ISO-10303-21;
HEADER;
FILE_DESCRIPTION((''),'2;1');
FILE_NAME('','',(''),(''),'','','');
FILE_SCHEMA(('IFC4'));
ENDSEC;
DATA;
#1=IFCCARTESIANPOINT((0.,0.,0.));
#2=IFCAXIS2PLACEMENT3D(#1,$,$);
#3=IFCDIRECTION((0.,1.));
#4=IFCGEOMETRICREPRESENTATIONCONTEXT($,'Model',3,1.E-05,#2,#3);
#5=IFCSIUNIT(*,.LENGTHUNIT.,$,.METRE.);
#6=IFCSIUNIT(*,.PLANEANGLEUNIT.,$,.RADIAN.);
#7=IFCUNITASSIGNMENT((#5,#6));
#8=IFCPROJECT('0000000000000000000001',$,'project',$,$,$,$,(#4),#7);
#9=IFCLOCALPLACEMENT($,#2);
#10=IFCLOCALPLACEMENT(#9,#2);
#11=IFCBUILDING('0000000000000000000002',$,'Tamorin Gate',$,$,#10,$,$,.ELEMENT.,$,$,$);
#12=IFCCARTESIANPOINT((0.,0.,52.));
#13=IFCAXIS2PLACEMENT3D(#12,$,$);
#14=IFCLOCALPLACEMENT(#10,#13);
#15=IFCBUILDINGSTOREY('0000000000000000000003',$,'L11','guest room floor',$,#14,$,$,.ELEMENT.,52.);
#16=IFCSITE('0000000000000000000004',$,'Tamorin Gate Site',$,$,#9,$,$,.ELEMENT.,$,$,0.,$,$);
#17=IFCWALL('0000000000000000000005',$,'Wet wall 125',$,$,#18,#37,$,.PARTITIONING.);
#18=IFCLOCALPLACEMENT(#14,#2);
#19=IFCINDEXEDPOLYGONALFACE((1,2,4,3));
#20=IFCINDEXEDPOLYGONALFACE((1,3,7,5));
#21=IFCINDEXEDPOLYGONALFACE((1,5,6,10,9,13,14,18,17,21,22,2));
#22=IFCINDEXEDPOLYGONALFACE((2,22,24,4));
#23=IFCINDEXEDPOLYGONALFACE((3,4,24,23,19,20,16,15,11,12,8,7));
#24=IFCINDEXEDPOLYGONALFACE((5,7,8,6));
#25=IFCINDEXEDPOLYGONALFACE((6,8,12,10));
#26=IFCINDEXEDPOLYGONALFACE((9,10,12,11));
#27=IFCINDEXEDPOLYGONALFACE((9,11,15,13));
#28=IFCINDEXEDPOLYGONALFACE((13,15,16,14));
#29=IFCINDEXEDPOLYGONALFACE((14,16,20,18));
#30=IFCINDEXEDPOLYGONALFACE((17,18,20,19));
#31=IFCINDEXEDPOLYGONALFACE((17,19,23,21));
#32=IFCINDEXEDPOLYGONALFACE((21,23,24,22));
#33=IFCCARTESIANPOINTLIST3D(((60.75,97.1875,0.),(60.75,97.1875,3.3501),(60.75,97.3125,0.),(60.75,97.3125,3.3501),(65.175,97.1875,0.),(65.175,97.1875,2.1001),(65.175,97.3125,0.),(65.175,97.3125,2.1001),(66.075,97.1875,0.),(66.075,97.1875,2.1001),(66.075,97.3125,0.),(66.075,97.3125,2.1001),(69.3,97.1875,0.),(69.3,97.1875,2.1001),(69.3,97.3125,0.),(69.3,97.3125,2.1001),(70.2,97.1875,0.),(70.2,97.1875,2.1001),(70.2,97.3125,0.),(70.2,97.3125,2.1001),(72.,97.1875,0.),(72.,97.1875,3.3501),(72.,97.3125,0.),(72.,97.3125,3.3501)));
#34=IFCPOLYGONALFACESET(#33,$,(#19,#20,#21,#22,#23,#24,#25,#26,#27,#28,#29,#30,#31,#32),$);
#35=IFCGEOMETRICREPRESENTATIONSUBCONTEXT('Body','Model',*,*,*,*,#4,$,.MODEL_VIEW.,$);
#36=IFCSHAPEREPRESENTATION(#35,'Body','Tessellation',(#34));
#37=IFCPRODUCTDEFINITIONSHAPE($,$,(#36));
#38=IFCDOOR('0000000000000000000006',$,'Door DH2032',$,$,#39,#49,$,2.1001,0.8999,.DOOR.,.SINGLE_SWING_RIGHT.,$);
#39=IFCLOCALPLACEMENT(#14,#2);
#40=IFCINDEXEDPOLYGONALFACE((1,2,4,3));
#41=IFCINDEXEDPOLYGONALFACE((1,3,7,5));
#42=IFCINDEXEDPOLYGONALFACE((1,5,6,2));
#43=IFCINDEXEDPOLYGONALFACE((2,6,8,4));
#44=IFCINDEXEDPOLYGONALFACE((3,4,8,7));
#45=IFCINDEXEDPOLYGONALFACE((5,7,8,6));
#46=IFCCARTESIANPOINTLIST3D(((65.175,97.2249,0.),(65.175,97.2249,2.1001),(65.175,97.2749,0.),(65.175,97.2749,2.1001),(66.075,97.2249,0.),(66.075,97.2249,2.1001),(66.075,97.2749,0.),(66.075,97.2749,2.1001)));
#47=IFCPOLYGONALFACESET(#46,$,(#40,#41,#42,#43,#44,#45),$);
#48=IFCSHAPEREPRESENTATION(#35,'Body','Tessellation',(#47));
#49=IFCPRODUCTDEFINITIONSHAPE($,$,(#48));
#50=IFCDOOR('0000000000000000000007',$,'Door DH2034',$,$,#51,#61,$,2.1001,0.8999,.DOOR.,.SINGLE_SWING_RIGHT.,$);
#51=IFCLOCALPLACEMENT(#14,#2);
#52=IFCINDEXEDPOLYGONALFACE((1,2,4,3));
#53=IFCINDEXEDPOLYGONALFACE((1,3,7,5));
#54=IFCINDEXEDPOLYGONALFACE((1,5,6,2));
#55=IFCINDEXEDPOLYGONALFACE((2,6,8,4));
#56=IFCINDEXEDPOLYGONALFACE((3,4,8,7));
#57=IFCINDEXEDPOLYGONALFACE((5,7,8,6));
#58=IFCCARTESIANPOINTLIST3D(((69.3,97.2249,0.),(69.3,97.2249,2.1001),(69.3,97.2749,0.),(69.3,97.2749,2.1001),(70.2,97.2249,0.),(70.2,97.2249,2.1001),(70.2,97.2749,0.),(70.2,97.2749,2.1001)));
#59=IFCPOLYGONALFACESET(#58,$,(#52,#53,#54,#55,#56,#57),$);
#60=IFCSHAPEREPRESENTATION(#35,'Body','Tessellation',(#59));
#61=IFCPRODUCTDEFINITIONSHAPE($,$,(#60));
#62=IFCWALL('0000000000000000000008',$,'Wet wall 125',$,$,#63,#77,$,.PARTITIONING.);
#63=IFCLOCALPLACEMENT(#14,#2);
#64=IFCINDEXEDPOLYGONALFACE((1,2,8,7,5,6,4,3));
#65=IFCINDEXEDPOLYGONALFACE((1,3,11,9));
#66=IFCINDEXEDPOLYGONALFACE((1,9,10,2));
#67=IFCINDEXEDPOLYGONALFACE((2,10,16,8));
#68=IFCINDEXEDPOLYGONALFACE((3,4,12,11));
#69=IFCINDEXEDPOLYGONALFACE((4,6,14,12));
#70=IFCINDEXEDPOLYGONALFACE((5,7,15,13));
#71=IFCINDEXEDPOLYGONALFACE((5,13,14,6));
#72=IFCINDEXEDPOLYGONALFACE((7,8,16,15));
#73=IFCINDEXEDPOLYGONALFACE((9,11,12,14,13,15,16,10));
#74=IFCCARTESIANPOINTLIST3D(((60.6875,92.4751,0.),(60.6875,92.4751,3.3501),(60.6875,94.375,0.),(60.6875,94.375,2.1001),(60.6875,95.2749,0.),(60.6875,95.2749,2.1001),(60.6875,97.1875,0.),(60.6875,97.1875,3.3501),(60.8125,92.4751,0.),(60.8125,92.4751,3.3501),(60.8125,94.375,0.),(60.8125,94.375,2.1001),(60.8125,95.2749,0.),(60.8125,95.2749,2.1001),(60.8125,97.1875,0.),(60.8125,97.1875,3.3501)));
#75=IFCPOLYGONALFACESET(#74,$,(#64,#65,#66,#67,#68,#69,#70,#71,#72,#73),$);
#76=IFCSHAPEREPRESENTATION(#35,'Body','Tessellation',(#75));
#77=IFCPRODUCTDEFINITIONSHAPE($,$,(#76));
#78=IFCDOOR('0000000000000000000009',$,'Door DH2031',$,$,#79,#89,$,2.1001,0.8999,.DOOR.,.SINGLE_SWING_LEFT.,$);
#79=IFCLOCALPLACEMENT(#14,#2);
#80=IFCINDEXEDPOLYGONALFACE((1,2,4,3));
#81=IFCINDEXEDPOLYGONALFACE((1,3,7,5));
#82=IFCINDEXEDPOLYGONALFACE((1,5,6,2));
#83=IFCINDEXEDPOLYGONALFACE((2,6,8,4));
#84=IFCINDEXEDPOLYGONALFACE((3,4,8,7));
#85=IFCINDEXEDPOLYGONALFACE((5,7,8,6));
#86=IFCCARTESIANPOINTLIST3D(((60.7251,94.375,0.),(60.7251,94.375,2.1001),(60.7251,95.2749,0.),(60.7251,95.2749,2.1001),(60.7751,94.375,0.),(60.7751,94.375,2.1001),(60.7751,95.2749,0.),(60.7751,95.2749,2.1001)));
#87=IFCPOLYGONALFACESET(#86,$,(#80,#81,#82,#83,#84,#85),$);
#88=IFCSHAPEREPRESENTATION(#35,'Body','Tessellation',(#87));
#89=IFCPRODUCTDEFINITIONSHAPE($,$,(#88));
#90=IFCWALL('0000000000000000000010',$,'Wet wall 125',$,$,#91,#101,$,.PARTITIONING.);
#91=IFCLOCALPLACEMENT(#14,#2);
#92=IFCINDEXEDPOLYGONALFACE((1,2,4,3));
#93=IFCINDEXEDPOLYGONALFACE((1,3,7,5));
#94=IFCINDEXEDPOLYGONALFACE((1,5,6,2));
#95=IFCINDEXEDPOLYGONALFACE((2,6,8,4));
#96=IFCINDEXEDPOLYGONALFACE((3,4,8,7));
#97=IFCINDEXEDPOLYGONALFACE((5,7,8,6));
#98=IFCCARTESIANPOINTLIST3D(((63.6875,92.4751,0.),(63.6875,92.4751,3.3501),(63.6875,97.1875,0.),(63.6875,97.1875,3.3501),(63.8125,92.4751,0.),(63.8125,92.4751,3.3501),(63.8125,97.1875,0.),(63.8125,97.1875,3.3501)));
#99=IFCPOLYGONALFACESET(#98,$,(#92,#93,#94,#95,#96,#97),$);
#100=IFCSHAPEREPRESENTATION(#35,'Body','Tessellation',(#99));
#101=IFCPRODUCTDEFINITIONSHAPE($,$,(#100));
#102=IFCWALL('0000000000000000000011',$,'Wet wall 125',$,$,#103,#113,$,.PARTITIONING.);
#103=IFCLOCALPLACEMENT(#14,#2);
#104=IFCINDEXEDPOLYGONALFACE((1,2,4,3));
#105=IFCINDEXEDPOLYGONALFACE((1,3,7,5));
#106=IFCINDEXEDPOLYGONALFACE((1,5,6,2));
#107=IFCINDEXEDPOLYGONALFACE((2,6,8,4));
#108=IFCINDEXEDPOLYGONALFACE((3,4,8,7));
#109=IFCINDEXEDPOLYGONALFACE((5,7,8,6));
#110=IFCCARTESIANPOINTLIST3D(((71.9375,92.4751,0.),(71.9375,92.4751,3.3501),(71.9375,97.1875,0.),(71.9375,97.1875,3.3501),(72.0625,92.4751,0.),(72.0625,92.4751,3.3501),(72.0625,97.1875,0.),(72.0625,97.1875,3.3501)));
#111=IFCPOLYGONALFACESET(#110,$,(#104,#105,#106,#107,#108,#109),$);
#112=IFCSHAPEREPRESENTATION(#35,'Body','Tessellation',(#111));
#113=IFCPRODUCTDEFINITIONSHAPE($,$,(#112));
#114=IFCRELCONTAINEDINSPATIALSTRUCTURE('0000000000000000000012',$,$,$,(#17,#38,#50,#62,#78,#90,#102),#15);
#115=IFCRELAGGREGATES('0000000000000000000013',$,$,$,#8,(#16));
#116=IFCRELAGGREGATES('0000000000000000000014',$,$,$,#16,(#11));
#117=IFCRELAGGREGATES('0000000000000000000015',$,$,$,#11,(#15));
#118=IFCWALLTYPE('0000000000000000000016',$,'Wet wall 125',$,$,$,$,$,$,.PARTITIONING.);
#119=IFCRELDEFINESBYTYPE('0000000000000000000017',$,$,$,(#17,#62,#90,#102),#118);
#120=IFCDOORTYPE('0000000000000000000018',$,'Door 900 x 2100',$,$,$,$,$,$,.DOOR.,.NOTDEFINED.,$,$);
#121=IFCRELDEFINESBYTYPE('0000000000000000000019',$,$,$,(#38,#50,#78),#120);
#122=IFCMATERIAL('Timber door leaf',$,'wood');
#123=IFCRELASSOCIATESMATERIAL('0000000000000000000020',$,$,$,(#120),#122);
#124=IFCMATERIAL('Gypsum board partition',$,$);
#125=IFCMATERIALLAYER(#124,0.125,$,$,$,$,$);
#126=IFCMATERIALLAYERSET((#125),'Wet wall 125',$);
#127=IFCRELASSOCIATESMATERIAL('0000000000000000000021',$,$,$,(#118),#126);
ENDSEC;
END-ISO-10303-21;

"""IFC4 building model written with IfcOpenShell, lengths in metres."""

from ifc_helpers import new_model, si_unit, direction, frame, frame_2d, origin, place, context, subcontext, project, spatial, rectangle, extrude, material, layer, layer_set, type_object, element, fill, save


model = new_model("IFC4")

# Units and contexts
model_context = context("Model", 3, precision=1e-05, world=origin(), true_north=direction((0.0, 1.0)))
body_context = subcontext(model_context, "Body", "Model", "MODEL_VIEW")
ifc_project = project(units=[si_unit("LENGTHUNIT", "METRE"), si_unit("PLANEANGLEUNIT", "RADIAN")], contexts=[model_context])

# Site, building, storey
site_placement = place(None, origin())
site = spatial("IfcSite", under=ifc_project, at=site_placement, Name="Tamorin Gate Site", CompositionType="ELEMENT", RefElevation=0.0)
building_placement = place(site_placement, origin())
building = spatial("IfcBuilding", under=site, at=building_placement, Name="Tamorin Gate", CompositionType="ELEMENT")
storey_placement = place(building_placement, frame((0.0, 0.0, 52.0)))
storey = spatial("IfcBuildingStorey", under=building, at=storey_placement, Name="L11", Description="guest room floor", CompositionType="ELEMENT", Elevation=52.0)

# Shared definitions
ifc_material_1 = material(Name="Gypsum board partition")

# Shared definitions
ifc_material_2 = material(Name="Timber door leaf", Category="wood")
door_type = type_object("IfcDoorType", Name="Door 900 x 2100", OperationType="NOTDEFINED", PredefinedType="DOOR", material=ifc_material_2)

# Wall, openings, doors
ifc_layer_1 = layer(ifc_material_1, 0.125)
ifc_layer_set_1 = layer_set([ifc_layer_1], Name="Wet wall 125")
wall_type_1 = type_object("IfcWallType", Name="Wet wall 125", PredefinedType="PARTITIONING", material=ifc_layer_set_1)
wall_1_placement = place(storey_placement, frame((60.75, 97.25, 0.0), z_axis=(0.0, 0.0, 1.0), x_axis=(1.0, 0.0, 0.0)))
wall_1 = element("IfcWall", 1, at=wall_1_placement, inside=storey, type_object=wall_type_1, Name="Wet wall 125", PredefinedType="PARTITIONING", context=body_context, shape_type="SweptSolid", body=[
    extrude(rectangle(XDim=11.25, YDim=0.125, at=frame_2d((5.625, 0.0))), origin(), (0.0, 0.0, 1.0), 3.3501),
])
opening_1_placement = place(wall_1_placement, frame((4.425, 0.0, 0.0)))
opening_1 = element("IfcOpeningElement", 2, at=opening_1_placement, cuts=wall_1, PredefinedType="OPENING", context=body_context, shape_type="SweptSolid", body=[
    extrude(rectangle(XDim=0.8999, YDim=2.1001, at=frame_2d((0.45, 1.05))), frame((0.0, 0.0725, 0.0), z_axis=(0.0, -1.0, 0.0), x_axis=(1.0, 0.0, 0.0)), (0.0, 0.0, 1.0), 0.145),
])
opening_2_placement = place(wall_1_placement, frame((8.55, 0.0, 0.0)))
opening_2 = element("IfcOpeningElement", 3, at=opening_2_placement, cuts=wall_1, PredefinedType="OPENING", context=body_context, shape_type="SweptSolid", body=[
    extrude(rectangle(XDim=0.8999, YDim=2.1001, at=frame_2d((0.45, 1.05))), frame((0.0, 0.0725, 0.0), z_axis=(0.0, -1.0, 0.0), x_axis=(1.0, 0.0, 0.0)), (0.0, 0.0, 1.0), 0.145),
])
door_1_placement = place(opening_1_placement, origin())
door_1 = element("IfcDoor", 4, at=door_1_placement, inside=storey, type_object=door_type, Name="Door DH2032", OperationType="SINGLE_SWING_RIGHT", OverallHeight=2.1001, OverallWidth=0.8999, PredefinedType="DOOR", context=body_context, shape_type="SweptSolid", body=[
    extrude(rectangle(XDim=0.8999, YDim=2.1001, at=frame_2d((0.45, 1.05))), frame((0.0, 0.0249, 0.0), z_axis=(0.0, -1.0, 0.0), x_axis=(1.0, 0.0, 0.0)), (0.0, 0.0, 1.0), 0.05),
])
fill(opening_1, door_1)
door_2_placement = place(opening_2_placement, origin())
door_2 = element("IfcDoor", 5, at=door_2_placement, inside=storey, type_object=door_type, Name="Door DH2034", OperationType="SINGLE_SWING_RIGHT", OverallHeight=2.1001, OverallWidth=0.8999, PredefinedType="DOOR", context=body_context, shape_type="SweptSolid", body=[
    extrude(rectangle(XDim=0.8999, YDim=2.1001, at=frame_2d((0.45, 1.05))), frame((0.0, 0.0249, 0.0), z_axis=(0.0, -1.0, 0.0), x_axis=(1.0, 0.0, 0.0)), (0.0, 0.0, 1.0), 0.05),
])
fill(opening_2, door_2)

# Wall, opening, door
wall_2_placement = place(storey_placement, frame((60.75, 92.4751, 0.0), z_axis=(0.0, 0.0, 1.0), x_axis=(0.0, 1.0, 0.0)))
wall_2 = element("IfcWall", 6, at=wall_2_placement, inside=storey, type_object=wall_type_1, Name="Wet wall 125", PredefinedType="PARTITIONING", context=body_context, shape_type="SweptSolid", body=[
    extrude(rectangle(XDim=4.7124, YDim=0.125, at=frame_2d((2.3562, 0.0))), origin(), (0.0, 0.0, 1.0), 3.3501),
])
opening_3_placement = place(wall_2_placement, frame((1.8999, 0.0, 0.0)))
opening_3 = element("IfcOpeningElement", 7, at=opening_3_placement, cuts=wall_2, PredefinedType="OPENING", context=body_context, shape_type="SweptSolid", body=[
    extrude(rectangle(XDim=0.8999, YDim=2.1001, at=frame_2d((0.45, 1.05))), frame((0.0, 0.0725, 0.0), z_axis=(0.0, -1.0, 0.0), x_axis=(1.0, 0.0, 0.0)), (0.0, 0.0, 1.0), 0.145),
])
door_3_placement = place(opening_3_placement, origin())
door_3 = element("IfcDoor", 8, at=door_3_placement, inside=storey, type_object=door_type, Name="Door DH2031", OperationType="SINGLE_SWING_LEFT", OverallHeight=2.1001, OverallWidth=0.8999, PredefinedType="DOOR", context=body_context, shape_type="SweptSolid", body=[
    extrude(rectangle(XDim=0.8999, YDim=2.1001, at=frame_2d((0.45, 1.05))), frame((0.0, 0.0249, 0.0), z_axis=(0.0, -1.0, 0.0), x_axis=(1.0, 0.0, 0.0)), (0.0, 0.0, 1.0), 0.05),
])
fill(opening_3, door_3)

# Walls
for number, where, z_axis, x_axis, name in (
    (9, (63.75, 92.4751, 0.0), (0.0, 0.0, 1.0), (0.0, 1.0, 0.0), "Wet wall 125"),
    (10, (72.0, 92.4751, 0.0), (0.0, 0.0, 1.0), (0.0, 1.0, 0.0), "Wet wall 125"),
):
    element("IfcWall", number, at=place(storey_placement, frame(where, z_axis=z_axis, x_axis=x_axis)), inside=storey, type_object=wall_type_1, Name=name, PredefinedType="PARTITIONING", context=body_context, shape_type="SweptSolid", body=[
        extrude(rectangle(XDim=4.7124, YDim=0.125, at=frame_2d((2.3562, 0.0))), origin(), (0.0, 0.0, 1.0), 3.3501),
    ])

save(model, "model.ifc")
